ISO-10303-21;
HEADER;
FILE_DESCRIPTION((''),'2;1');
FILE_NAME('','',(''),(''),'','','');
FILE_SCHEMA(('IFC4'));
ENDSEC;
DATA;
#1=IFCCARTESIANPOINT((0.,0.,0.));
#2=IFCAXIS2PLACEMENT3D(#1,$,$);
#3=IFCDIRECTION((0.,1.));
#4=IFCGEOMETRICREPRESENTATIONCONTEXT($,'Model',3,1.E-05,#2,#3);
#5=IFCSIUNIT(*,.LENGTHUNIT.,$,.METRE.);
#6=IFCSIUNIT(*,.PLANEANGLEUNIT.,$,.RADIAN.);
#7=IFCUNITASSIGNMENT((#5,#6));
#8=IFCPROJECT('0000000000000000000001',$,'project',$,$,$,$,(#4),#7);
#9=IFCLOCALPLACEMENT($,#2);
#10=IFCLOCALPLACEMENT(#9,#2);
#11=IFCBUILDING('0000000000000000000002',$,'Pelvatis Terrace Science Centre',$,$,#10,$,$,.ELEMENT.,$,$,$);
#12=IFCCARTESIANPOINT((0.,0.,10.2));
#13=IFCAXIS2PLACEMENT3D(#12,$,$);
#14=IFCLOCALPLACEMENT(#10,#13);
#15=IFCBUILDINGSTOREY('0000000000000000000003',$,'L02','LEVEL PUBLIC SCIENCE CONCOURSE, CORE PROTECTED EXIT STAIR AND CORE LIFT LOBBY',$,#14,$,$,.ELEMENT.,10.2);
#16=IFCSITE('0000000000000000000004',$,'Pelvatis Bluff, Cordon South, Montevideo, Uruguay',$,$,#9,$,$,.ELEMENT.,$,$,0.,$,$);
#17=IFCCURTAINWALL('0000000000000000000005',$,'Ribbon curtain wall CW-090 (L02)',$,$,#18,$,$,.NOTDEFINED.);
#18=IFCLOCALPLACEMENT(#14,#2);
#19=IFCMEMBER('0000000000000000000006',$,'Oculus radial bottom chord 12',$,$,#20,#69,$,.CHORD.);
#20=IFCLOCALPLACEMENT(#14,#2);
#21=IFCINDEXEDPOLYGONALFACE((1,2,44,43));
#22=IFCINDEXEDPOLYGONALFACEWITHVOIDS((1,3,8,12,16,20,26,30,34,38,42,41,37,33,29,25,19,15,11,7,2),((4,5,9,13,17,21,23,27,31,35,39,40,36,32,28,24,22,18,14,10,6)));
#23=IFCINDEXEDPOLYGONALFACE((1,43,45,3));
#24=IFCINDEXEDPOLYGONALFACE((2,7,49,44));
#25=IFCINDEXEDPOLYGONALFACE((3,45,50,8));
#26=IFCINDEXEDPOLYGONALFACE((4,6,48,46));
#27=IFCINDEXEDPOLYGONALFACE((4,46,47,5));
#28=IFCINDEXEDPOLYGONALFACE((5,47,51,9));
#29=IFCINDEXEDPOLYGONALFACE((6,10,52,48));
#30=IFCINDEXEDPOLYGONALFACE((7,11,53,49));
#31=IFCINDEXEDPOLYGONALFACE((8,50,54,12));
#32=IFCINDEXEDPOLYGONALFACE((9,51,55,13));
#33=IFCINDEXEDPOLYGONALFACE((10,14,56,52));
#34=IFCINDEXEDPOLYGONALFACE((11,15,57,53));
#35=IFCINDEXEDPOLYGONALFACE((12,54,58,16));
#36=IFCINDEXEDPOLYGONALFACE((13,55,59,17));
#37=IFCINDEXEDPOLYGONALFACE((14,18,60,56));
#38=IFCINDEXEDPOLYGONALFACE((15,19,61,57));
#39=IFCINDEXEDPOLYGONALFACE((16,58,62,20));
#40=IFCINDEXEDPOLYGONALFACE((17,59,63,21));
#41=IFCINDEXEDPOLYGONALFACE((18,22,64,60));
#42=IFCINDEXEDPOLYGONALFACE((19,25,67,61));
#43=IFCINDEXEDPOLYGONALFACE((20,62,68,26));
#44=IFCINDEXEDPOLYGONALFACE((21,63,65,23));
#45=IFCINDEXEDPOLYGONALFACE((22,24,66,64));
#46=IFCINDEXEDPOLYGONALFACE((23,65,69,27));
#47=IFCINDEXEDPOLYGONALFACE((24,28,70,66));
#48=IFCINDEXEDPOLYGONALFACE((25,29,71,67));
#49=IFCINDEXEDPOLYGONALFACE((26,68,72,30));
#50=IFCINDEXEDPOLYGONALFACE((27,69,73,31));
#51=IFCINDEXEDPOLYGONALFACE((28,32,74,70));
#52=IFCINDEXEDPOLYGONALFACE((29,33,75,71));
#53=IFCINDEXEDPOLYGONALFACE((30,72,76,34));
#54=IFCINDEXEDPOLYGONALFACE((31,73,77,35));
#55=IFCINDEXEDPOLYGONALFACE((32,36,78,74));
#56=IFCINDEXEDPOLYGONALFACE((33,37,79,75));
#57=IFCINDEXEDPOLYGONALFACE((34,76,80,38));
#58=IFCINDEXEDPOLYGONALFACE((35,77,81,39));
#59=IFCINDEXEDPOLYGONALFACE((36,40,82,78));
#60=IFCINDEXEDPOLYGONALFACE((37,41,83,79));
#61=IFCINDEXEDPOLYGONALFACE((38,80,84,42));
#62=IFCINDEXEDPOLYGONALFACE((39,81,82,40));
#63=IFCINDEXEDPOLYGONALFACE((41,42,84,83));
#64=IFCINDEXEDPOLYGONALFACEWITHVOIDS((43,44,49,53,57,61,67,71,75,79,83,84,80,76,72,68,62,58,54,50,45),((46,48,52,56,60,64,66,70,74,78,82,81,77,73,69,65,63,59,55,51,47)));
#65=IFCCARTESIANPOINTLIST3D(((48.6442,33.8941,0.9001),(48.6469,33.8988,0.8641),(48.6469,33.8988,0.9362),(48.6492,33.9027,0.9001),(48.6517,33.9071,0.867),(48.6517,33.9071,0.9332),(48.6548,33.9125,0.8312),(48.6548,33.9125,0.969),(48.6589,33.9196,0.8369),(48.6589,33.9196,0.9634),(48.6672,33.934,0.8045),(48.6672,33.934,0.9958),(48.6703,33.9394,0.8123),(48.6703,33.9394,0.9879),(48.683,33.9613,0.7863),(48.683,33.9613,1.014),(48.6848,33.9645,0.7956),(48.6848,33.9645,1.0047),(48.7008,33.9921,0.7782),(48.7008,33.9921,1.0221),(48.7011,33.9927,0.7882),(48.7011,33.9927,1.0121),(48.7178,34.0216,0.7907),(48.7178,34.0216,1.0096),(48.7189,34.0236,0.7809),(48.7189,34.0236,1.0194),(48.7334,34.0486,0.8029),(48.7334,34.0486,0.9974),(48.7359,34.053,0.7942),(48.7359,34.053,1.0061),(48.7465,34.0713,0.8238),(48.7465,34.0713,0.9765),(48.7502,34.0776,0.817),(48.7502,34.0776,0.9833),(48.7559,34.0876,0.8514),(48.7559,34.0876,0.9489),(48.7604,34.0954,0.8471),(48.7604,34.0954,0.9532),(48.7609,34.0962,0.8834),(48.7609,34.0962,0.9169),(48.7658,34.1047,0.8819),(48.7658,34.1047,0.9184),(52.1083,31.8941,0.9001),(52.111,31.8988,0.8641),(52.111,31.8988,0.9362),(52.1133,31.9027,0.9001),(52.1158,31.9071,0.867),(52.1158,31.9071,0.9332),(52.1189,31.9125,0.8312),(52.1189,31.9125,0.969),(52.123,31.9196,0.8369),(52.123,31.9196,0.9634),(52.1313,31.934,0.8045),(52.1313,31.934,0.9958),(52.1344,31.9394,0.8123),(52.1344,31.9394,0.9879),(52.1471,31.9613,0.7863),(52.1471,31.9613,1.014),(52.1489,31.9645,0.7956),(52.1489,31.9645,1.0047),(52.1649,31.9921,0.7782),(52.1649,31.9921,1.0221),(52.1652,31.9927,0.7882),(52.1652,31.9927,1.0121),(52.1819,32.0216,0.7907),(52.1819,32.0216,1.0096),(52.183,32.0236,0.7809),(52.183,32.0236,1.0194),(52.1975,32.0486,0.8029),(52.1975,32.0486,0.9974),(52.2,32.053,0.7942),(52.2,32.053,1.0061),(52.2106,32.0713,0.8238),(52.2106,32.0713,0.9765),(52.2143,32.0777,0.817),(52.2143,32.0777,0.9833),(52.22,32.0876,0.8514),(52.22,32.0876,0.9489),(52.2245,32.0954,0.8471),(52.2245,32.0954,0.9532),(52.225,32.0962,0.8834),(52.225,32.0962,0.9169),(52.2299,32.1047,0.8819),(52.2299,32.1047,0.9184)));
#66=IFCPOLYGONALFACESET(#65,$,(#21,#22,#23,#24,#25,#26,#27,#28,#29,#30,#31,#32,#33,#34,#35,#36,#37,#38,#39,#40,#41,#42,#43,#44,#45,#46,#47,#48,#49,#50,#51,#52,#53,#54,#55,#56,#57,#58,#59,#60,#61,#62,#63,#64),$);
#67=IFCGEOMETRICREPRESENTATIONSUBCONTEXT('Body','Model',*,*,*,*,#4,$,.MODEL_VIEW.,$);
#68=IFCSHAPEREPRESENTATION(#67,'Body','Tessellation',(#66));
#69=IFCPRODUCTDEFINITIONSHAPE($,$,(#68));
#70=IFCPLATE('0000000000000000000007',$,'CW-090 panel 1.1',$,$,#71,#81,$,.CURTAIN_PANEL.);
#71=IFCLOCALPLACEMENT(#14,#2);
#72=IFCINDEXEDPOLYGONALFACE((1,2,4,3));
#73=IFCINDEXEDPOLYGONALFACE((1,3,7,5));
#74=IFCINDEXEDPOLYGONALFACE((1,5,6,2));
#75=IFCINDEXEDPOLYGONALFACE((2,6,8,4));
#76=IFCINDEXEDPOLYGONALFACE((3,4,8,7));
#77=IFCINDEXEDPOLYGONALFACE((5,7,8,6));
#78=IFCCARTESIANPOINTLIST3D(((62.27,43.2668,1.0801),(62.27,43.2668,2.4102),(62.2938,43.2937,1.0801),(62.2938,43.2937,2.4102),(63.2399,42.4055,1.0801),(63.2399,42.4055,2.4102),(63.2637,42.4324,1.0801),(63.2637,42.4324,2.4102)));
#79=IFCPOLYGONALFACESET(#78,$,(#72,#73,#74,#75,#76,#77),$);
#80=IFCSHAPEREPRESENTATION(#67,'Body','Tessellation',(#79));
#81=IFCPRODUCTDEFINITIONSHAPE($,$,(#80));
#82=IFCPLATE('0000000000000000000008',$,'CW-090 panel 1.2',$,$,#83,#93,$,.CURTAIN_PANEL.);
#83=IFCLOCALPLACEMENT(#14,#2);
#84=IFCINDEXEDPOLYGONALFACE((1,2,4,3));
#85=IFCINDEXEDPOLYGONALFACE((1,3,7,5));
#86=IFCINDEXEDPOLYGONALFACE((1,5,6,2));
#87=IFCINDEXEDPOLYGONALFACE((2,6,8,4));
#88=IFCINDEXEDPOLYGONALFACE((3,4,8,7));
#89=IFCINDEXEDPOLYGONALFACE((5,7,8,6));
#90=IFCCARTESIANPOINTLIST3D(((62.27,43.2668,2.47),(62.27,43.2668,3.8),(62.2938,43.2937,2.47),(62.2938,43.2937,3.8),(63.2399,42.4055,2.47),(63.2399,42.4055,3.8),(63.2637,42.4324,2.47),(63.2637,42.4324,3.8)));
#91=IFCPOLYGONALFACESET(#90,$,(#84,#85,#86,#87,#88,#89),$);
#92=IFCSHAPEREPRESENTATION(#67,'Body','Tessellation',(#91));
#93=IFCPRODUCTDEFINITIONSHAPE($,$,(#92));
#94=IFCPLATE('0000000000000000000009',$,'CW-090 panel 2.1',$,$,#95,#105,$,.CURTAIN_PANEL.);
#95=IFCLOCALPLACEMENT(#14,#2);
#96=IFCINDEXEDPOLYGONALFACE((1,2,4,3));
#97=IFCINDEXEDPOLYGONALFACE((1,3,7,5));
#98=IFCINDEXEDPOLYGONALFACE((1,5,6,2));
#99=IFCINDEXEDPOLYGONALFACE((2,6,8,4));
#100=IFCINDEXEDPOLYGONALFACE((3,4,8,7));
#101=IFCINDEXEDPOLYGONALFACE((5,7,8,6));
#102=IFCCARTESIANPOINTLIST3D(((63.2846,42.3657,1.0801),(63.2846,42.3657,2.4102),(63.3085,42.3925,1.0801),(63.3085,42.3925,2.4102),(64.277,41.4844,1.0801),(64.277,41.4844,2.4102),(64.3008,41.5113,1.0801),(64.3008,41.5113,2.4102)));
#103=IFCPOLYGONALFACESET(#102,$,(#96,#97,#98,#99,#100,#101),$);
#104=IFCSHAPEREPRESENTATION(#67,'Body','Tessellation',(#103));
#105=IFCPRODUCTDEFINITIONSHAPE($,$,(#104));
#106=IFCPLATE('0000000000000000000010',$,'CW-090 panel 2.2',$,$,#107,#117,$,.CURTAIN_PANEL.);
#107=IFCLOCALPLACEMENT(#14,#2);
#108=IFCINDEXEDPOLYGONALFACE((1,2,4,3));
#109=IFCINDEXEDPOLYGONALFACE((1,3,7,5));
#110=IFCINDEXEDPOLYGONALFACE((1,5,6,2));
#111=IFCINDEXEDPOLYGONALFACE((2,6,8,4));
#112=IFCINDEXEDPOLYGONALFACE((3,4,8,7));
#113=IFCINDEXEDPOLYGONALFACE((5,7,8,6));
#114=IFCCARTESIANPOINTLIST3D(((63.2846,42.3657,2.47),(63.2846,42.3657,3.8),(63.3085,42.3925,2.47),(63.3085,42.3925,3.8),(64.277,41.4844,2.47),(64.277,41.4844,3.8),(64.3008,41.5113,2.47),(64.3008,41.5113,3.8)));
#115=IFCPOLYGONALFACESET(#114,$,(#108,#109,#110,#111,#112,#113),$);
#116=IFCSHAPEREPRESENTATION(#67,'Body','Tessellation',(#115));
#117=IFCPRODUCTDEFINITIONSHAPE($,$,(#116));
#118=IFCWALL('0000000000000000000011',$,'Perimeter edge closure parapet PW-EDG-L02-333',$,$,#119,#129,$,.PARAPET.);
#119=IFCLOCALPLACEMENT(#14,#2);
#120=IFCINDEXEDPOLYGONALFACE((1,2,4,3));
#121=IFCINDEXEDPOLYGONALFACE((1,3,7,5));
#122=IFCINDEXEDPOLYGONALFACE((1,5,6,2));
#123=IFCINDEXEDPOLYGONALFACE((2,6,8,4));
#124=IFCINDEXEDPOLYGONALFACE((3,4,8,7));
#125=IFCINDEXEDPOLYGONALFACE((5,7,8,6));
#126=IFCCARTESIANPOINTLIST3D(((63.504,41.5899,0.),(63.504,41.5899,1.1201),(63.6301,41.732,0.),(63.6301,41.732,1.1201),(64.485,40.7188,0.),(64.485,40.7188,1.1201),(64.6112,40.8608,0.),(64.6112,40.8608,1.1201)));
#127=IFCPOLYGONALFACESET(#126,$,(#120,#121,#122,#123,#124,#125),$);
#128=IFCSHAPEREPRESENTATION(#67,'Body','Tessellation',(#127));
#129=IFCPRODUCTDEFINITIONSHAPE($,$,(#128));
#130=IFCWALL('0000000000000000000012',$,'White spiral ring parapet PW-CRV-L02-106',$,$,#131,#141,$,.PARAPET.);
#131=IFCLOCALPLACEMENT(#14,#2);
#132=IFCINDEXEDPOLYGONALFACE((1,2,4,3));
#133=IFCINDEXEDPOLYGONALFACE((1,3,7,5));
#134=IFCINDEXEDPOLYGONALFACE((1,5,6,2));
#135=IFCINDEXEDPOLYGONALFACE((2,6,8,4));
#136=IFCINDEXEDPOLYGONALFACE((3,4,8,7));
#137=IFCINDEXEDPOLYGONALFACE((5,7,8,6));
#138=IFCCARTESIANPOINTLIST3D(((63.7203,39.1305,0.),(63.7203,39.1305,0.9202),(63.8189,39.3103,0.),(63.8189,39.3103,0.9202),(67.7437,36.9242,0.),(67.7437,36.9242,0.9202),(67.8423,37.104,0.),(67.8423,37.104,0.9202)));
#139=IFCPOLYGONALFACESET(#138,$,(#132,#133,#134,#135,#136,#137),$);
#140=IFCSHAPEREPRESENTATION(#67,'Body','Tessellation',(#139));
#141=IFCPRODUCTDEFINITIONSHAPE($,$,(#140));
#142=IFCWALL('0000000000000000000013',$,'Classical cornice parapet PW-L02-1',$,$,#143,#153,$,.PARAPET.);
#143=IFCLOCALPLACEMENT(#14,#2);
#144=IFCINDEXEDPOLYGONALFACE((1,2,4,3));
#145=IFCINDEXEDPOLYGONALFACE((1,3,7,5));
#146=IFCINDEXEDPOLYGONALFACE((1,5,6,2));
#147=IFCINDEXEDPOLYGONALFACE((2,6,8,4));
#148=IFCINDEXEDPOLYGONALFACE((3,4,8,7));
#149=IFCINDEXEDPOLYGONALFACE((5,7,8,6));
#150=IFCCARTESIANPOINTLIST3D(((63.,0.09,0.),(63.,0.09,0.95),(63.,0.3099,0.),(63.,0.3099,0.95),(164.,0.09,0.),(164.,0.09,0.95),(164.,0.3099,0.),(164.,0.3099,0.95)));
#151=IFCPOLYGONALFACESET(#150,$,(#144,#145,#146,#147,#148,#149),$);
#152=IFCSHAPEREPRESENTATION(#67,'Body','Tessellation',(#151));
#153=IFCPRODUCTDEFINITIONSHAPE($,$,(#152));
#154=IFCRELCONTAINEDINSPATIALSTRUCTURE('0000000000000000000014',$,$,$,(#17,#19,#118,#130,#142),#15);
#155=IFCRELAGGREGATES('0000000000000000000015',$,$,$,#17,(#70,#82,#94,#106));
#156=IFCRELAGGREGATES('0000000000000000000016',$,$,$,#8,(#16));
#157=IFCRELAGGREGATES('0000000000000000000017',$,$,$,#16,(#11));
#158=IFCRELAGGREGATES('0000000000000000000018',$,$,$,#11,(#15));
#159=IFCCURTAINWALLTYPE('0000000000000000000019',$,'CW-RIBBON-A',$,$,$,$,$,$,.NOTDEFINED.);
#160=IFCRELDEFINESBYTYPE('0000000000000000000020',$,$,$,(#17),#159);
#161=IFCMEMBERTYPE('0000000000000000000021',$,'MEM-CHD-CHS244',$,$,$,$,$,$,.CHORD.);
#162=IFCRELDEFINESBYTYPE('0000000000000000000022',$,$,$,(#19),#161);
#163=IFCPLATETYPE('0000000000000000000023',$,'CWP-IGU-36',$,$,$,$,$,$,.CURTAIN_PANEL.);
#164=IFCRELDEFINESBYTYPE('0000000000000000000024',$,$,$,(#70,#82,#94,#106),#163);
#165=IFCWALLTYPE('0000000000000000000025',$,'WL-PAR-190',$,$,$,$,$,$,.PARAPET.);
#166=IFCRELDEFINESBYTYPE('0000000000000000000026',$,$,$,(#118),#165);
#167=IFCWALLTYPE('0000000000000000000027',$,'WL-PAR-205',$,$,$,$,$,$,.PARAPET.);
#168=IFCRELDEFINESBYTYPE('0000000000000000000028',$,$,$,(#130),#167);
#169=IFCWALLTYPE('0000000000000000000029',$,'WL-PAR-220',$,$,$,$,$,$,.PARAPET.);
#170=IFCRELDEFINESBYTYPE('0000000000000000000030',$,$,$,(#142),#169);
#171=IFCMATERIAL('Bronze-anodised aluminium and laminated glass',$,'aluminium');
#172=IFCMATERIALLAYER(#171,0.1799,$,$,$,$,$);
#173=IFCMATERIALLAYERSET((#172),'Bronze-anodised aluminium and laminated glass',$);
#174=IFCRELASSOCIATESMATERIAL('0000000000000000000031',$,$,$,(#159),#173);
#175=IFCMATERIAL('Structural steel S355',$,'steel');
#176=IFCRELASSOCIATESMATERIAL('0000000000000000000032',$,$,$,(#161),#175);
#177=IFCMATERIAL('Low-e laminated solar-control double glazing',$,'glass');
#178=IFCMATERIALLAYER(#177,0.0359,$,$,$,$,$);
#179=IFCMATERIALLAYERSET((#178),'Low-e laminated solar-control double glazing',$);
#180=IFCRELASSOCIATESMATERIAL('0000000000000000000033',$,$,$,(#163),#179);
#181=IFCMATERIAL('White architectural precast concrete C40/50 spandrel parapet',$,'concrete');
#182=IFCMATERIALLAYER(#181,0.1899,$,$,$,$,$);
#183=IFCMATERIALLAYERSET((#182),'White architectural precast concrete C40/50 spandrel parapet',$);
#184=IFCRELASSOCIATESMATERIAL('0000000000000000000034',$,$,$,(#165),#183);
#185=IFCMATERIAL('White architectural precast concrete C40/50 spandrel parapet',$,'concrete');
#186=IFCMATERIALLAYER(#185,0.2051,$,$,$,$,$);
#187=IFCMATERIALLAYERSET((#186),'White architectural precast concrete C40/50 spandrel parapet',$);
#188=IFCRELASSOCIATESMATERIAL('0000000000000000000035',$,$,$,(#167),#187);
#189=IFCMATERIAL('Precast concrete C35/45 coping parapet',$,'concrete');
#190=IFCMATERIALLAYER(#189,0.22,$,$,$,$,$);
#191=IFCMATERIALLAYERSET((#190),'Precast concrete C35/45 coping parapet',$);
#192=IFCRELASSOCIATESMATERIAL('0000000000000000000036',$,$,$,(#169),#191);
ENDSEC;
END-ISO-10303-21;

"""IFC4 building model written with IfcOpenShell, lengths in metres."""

from ifc_helpers import new_model, si_unit, direction, frame, frame_2d, origin, origin_2d, place, context, subcontext, project, spatial, rectangle, hollow_circle, extrude, material, layer, layer_set, material_profile, profile_set, type_object, element, aggregate, save


model = new_model("IFC4")

# Units and contexts
model_context = context("Model", 3, precision=1e-05, world=origin(), true_north=direction((0.0, 1.0)))
body_context = subcontext(model_context, "Body", "Model", "MODEL_VIEW")
ifc_project = project(units=[si_unit("LENGTHUNIT", "METRE"), si_unit("PLANEANGLEUNIT", "RADIAN")], contexts=[model_context])

# Site, building, storey
site_placement = place(None, origin())
site = spatial("IfcSite", under=ifc_project, at=site_placement, Name="Pelvatis Bluff, Cordon South, Montevideo, Uruguay", CompositionType="ELEMENT", RefElevation=0.0)
building_placement = place(site_placement, origin())
building = spatial("IfcBuilding", under=site, at=building_placement, Name="Pelvatis Terrace Science Centre", CompositionType="ELEMENT")
storey_placement = place(building_placement, frame((0.0, 0.0, 10.2)))
storey = spatial("IfcBuildingStorey", under=building, at=storey_placement, Name="L02", Description="LEVEL PUBLIC SCIENCE CONCOURSE, CORE PROTECTED EXIT STAIR AND CORE LIFT LOBBY", CompositionType="ELEMENT", Elevation=10.2)

# Curtain wall
ifc_material_1 = material(Name="Bronze-anodised aluminium and laminated glass", Category="aluminium")
ifc_layer_1 = layer(ifc_material_1, 0.1799)
ifc_layer_set_1 = layer_set([ifc_layer_1], Name="Bronze-anodised aluminium and laminated glass")
curtain_wall_type = type_object("IfcCurtainWallType", Name="CW-RIBBON-A", PredefinedType="NOTDEFINED", material=ifc_layer_set_1)
curtain_wall_placement = place(storey_placement, origin())
curtain_wall = element("IfcCurtainWall", 1, at=curtain_wall_placement, inside=storey, type_object=curtain_wall_type, Name="Ribbon curtain wall CW-090 (L02)", PredefinedType="NOTDEFINED")

# Member
ifc_material_2 = material(Name="Structural steel S355", Category="steel")
ifc_material_profile_1 = material_profile(ifc_material_2, hollow_circle(Radius=0.1223, WallThickness=0.01, at=origin_2d()), Name="CHS 244.5x10.0")
ifc_profile_set_1 = profile_set([ifc_material_profile_1], Name="Structural steel S355")
member_type_1 = type_object("IfcMemberType", Name="MEM-CHD-CHS244", PredefinedType="CHORD", material=ifc_profile_set_1)
for number, where, z_axis, x_axis, name in (
    (2, (52.1694, 32.0, 0.9001), (-0.866026, 0.499999, 0.0), (-0.499999, -0.866026, 0.0), "Oculus radial bottom chord 12"),
):
    element("IfcMember", number, at=place(storey_placement, frame(where, z_axis=z_axis, x_axis=x_axis)), inside=storey, type_object=member_type_1, Name=name, PredefinedType="CHORD", context=body_context, shape_type="SweptSolid", body=[
        extrude(hollow_circle(Radius=0.1223, WallThickness=0.01, at=origin_2d()), origin(), (0.0, 0.0, 1.0), 4.0),
    ])

# Plates
ifc_material_3 = material(Name="Low-e laminated solar-control double glazing", Category="glass")
ifc_layer_2 = layer(ifc_material_3, 0.0359)
ifc_layer_set_2 = layer_set([ifc_layer_2], Name="Low-e laminated solar-control double glazing")
plate_type = type_object("IfcPlateType", Name="CWP-IGU-36", PredefinedType="CURTAIN_PANEL", material=ifc_layer_set_2)
plate_1_placement = place(storey_placement, frame((62.7668, 42.8496, 1.0801), z_axis=(0.0, 0.0, 1.0), x_axis=(0.747718, -0.664016, 0.0)))
plate_1 = element("IfcPlate", 3, at=plate_1_placement, type_object=plate_type, Name="CW-090 panel 1.1", PredefinedType="CURTAIN_PANEL", context=body_context, shape_type="SweptSolid", body=[
    extrude(rectangle(XDim=1.2971, YDim=0.0359, at=origin_2d()), origin(), (0.0, 0.0, 1.0), 1.3301),
])
plate_2_placement = place(storey_placement, frame((62.7668, 42.8496, 2.47), z_axis=(0.0, 0.0, 1.0), x_axis=(0.747718, -0.664016, 0.0)))
plate_2 = element("IfcPlate", 4, at=plate_2_placement, type_object=plate_type, Name="CW-090 panel 1.2", PredefinedType="CURTAIN_PANEL", context=body_context, shape_type="SweptSolid", body=[
    extrude(rectangle(XDim=1.2971, YDim=0.0359, at=origin_2d()), origin(), (0.0, 0.0, 1.0), 1.3301),
])
plate_3_placement = place(storey_placement, frame((63.7927, 41.9385, 1.0801), z_axis=(0.0, 0.0, 1.0), x_axis=(0.747718, -0.664016, 0.0)))
plate_3 = element("IfcPlate", 5, at=plate_3_placement, type_object=plate_type, Name="CW-090 panel 2.1", PredefinedType="CURTAIN_PANEL", context=body_context, shape_type="SweptSolid", body=[
    extrude(rectangle(XDim=1.3271, YDim=0.0359, at=origin_2d()), origin(), (0.0, 0.0, 1.0), 1.3301),
])
plate_4_placement = place(storey_placement, frame((63.7927, 41.9385, 2.47), z_axis=(0.0, 0.0, 1.0), x_axis=(0.747718, -0.664016, 0.0)))
plate_4 = element("IfcPlate", 6, at=plate_4_placement, type_object=plate_type, Name="CW-090 panel 2.2", PredefinedType="CURTAIN_PANEL", context=body_context, shape_type="SweptSolid", body=[
    extrude(rectangle(XDim=1.3271, YDim=0.0359, at=origin_2d()), origin(), (0.0, 0.0, 1.0), 1.3301),
])
aggregate(curtain_wall, [plate_1, plate_2, plate_3, plate_4])

# Walls
ifc_material_4 = material(Name="White architectural precast concrete C40/50 spandrel parapet", Category="concrete")
ifc_layer_3 = layer(ifc_material_4, 0.1899)
ifc_layer_set_3 = layer_set([ifc_layer_3], Name="White architectural precast concrete C40/50 spandrel parapet")
wall_type_1 = type_object("IfcWallType", Name="WL-PAR-190", PredefinedType="PARAPET", material=ifc_layer_set_3)
wall_1_placement = place(storey_placement, frame((64.5481, 40.7898, 0.0), z_axis=(0.0, 0.0, 1.0), x_axis=(-0.747738, 0.663994, 0.0)))
element("IfcWall", 7, at=wall_1_placement, inside=storey, type_object=wall_type_1, Name="Perimeter edge closure parapet PW-EDG-L02-333", PredefinedType="PARAPET", context=body_context, shape_type="SweptSolid", body=[
    extrude(rectangle(XDim=1.312, YDim=0.1899, at=frame_2d((0.656, 0.0))), origin(), (0.0, 0.0, 1.0), 1.1201),
])
ifc_material_5 = material(Name="White architectural precast concrete C40/50 spandrel parapet", Category="concrete")
ifc_layer_4 = layer(ifc_material_5, 0.2051)
ifc_layer_set_4 = layer_set([ifc_layer_4], Name="White architectural precast concrete C40/50 spandrel parapet")
wall_type_2 = type_object("IfcWallType", Name="WL-PAR-205", PredefinedType="PARAPET", material=ifc_layer_set_4)
wall_2_placement = place(storey_placement, frame((63.7695, 39.2205, 0.0), z_axis=(0.0, 0.0, 1.0), x_axis=(0.876822, -0.480815, 0.0)))
element("IfcWall", 8, at=wall_2_placement, inside=storey, type_object=wall_type_2, Name="White spiral ring parapet PW-CRV-L02-106", PredefinedType="PARAPET", context=body_context, shape_type="SweptSolid", body=[
    extrude(rectangle(XDim=4.5886, YDim=0.2051, at=frame_2d((2.2944, 0.0))), origin(), (0.0, 0.0, 1.0), 0.9202),
])
ifc_material_6 = material(Name="Precast concrete C35/45 coping parapet", Category="concrete")
ifc_layer_5 = layer(ifc_material_6, 0.22)
ifc_layer_set_5 = layer_set([ifc_layer_5], Name="Precast concrete C35/45 coping parapet")
wall_type_3 = type_object("IfcWallType", Name="WL-PAR-220", PredefinedType="PARAPET", material=ifc_layer_set_5)
wall_3_placement = place(storey_placement, frame((63.0, 0.2, 0.0), z_axis=(0.0, 0.0, 1.0), x_axis=(1.0, 0.0, 0.0)))
element("IfcWall", 9, at=wall_3_placement, inside=storey, type_object=wall_type_3, Name="Classical cornice parapet PW-L02-1", PredefinedType="PARAPET", context=body_context, shape_type="SweptSolid", body=[
    extrude(rectangle(XDim=101.0, YDim=0.22, at=frame_2d((50.5, 0.0))), origin(), (0.0, 0.0, 1.0), 0.95),
])

save(model, "model.ifc")
